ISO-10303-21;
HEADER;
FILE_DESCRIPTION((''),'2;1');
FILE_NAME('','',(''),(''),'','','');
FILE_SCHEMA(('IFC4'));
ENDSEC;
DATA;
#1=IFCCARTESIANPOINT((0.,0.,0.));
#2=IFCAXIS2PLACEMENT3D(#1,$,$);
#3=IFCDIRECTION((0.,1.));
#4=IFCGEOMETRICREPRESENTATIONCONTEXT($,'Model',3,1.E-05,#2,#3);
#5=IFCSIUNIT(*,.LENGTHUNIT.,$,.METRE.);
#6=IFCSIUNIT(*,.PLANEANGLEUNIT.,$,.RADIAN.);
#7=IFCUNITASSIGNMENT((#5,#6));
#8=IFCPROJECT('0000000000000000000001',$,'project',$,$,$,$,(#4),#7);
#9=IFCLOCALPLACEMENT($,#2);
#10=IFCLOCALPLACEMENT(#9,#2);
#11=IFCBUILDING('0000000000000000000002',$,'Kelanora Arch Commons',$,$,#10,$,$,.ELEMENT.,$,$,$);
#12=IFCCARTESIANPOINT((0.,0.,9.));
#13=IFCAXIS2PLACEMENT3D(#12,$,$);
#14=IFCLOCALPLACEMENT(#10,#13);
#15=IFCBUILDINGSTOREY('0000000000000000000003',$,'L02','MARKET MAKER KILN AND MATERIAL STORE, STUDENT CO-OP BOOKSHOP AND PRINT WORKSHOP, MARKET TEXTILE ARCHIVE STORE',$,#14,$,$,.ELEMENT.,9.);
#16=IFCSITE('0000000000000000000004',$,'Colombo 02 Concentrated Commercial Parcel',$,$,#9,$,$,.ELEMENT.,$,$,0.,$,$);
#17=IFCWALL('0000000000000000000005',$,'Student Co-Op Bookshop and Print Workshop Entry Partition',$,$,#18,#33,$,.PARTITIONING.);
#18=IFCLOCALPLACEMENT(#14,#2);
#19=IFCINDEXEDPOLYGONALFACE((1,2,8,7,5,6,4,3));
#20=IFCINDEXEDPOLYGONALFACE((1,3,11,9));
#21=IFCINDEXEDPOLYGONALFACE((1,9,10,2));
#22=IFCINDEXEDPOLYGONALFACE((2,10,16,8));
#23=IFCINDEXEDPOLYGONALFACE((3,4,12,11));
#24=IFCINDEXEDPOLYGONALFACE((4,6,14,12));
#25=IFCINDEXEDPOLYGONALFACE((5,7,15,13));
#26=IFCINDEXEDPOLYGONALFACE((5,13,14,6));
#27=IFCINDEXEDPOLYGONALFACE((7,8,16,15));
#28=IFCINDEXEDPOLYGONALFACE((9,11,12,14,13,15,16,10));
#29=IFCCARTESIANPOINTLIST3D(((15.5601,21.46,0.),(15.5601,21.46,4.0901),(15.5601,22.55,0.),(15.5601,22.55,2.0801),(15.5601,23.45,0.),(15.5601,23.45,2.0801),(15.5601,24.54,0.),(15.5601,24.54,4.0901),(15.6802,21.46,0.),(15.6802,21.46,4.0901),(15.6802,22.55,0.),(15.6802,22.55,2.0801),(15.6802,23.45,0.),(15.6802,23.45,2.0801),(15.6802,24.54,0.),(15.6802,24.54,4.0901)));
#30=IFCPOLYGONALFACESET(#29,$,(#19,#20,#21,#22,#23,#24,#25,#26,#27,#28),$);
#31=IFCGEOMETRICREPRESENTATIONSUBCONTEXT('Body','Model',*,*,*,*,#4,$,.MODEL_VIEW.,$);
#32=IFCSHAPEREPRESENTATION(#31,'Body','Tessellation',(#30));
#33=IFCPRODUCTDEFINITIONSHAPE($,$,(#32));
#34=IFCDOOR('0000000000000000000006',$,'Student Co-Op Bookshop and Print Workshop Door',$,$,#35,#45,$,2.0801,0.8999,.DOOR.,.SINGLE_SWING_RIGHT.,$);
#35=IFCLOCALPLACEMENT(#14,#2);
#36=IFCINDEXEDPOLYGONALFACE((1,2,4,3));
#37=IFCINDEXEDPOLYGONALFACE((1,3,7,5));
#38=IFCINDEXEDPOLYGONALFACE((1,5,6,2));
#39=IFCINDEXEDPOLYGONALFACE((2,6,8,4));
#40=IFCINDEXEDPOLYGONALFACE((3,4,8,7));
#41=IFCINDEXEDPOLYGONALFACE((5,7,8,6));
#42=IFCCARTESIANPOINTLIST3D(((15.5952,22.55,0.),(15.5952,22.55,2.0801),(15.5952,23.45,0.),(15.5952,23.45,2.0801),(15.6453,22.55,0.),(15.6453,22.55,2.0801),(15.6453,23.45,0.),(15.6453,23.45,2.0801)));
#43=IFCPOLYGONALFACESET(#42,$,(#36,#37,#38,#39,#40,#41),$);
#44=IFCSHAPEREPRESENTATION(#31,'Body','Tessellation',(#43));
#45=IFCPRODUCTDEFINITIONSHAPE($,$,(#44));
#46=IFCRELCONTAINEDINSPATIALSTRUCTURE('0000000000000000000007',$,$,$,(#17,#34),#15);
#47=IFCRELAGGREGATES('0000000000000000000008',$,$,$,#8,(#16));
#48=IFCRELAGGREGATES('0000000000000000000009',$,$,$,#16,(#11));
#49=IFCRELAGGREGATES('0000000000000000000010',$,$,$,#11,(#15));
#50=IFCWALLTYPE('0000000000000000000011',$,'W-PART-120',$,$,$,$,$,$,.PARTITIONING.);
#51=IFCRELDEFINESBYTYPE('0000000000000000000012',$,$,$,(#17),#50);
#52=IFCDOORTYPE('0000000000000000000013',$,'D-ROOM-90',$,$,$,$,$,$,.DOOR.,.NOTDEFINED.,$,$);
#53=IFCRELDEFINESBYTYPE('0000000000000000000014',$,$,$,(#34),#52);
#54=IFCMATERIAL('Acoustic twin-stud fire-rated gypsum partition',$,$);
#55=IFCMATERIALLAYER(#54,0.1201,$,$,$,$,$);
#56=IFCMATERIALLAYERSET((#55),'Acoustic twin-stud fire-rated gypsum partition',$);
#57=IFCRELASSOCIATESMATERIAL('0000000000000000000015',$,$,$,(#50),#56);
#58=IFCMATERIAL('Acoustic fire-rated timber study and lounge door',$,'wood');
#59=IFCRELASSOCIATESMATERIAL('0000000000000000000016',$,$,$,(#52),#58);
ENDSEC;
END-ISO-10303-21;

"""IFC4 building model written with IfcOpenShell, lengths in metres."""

from ifc_helpers import new_model, si_unit, direction, frame, frame_2d, origin, place, context, subcontext, project, spatial, rectangle, extrude, material, layer, layer_set, type_object, element, fill, save


model = new_model("IFC4")

# Units and contexts
model_context = context("Model", 3, precision=1e-05, world=origin(), true_north=direction((0.0, 1.0)))
body_context = subcontext(model_context, "Body", "Model", "MODEL_VIEW")
ifc_project = project(units=[si_unit("LENGTHUNIT", "METRE"), si_unit("PLANEANGLEUNIT", "RADIAN")], contexts=[model_context])

# Site, building, storey
site_placement = place(None, origin())
site = spatial("IfcSite", under=ifc_project, at=site_placement, Name="Colombo 02 Concentrated Commercial Parcel", CompositionType="ELEMENT", RefElevation=0.0)
building_placement = place(site_placement, origin())
building = spatial("IfcBuilding", under=site, at=building_placement, Name="Kelanora Arch Commons", CompositionType="ELEMENT")
storey_placement = place(building_placement, frame((0.0, 0.0, 9.0)))
storey = spatial("IfcBuildingStorey", under=building, at=storey_placement, Name="L02", Description="MARKET MAKER KILN AND MATERIAL STORE, STUDENT CO-OP BOOKSHOP AND PRINT WORKSHOP, MARKET TEXTILE ARCHIVE STORE", CompositionType="ELEMENT", Elevation=9.0)

# Wall, opening, door
ifc_material_1 = material(Name="Acoustic twin-stud fire-rated gypsum partition")
ifc_layer_1 = layer(ifc_material_1, 0.1201)
ifc_layer_set_1 = layer_set([ifc_layer_1], Name="Acoustic twin-stud fire-rated gypsum partition")
wall_type_1 = type_object("IfcWallType", Name="W-PART-120", PredefinedType="PARTITIONING", material=ifc_layer_set_1)
wall_1_placement = place(storey_placement, frame((15.6201, 21.46, 0.0), z_axis=(0.0, 0.0, 1.0), x_axis=(0.0, 1.0, 0.0)))
wall_1 = element("IfcWall", 1, at=wall_1_placement, inside=storey, type_object=wall_type_1, Name="Student Co-Op Bookshop and Print Workshop Entry Partition", PredefinedType="PARTITIONING", context=body_context, shape_type="SweptSolid", body=[
    extrude(rectangle(XDim=3.0801, YDim=0.1201, at=frame_2d((1.54, 0.0))), origin(), (0.0, 0.0, 1.0), 4.0901),
])
opening_1_placement = place(wall_1_placement, frame((1.0901, 0.0, 0.0)))
opening_1 = element("IfcOpeningElement", 2, at=opening_1_placement, cuts=wall_1, PredefinedType="OPENING", context=body_context, shape_type="SweptSolid", body=[
    extrude(rectangle(XDim=0.8999, YDim=2.0801, at=frame_2d((0.45, 1.04))), frame((0.0, 0.0701, 0.0), z_axis=(0.0, -1.0, 0.0), x_axis=(1.0, 0.0, 0.0)), (0.0, 0.0, 1.0), 0.1401),
])
ifc_material_2 = material(Name="Acoustic fire-rated timber study and lounge door", Category="wood")
door_type_1 = type_object("IfcDoorType", Name="D-ROOM-90", OperationType="NOTDEFINED", PredefinedType="DOOR", material=ifc_material_2)
door_1_placement = place(opening_1_placement, origin())
door_1 = element("IfcDoor", 3, at=door_1_placement, inside=storey, type_object=door_type_1, Name="Student Co-Op Bookshop and Print Workshop Door", OperationType="SINGLE_SWING_RIGHT", OverallHeight=2.0801, OverallWidth=0.8999, PredefinedType="DOOR", context=body_context, shape_type="SweptSolid", body=[
    extrude(rectangle(XDim=0.8999, YDim=2.0801, at=frame_2d((0.45, 1.04))), frame((0.0, 0.0249, 0.0), z_axis=(0.0, -1.0, 0.0), x_axis=(1.0, 0.0, 0.0)), (0.0, 0.0, 1.0), 0.05),
])
fill(opening_1, door_1)

save(model, "model.ifc")
